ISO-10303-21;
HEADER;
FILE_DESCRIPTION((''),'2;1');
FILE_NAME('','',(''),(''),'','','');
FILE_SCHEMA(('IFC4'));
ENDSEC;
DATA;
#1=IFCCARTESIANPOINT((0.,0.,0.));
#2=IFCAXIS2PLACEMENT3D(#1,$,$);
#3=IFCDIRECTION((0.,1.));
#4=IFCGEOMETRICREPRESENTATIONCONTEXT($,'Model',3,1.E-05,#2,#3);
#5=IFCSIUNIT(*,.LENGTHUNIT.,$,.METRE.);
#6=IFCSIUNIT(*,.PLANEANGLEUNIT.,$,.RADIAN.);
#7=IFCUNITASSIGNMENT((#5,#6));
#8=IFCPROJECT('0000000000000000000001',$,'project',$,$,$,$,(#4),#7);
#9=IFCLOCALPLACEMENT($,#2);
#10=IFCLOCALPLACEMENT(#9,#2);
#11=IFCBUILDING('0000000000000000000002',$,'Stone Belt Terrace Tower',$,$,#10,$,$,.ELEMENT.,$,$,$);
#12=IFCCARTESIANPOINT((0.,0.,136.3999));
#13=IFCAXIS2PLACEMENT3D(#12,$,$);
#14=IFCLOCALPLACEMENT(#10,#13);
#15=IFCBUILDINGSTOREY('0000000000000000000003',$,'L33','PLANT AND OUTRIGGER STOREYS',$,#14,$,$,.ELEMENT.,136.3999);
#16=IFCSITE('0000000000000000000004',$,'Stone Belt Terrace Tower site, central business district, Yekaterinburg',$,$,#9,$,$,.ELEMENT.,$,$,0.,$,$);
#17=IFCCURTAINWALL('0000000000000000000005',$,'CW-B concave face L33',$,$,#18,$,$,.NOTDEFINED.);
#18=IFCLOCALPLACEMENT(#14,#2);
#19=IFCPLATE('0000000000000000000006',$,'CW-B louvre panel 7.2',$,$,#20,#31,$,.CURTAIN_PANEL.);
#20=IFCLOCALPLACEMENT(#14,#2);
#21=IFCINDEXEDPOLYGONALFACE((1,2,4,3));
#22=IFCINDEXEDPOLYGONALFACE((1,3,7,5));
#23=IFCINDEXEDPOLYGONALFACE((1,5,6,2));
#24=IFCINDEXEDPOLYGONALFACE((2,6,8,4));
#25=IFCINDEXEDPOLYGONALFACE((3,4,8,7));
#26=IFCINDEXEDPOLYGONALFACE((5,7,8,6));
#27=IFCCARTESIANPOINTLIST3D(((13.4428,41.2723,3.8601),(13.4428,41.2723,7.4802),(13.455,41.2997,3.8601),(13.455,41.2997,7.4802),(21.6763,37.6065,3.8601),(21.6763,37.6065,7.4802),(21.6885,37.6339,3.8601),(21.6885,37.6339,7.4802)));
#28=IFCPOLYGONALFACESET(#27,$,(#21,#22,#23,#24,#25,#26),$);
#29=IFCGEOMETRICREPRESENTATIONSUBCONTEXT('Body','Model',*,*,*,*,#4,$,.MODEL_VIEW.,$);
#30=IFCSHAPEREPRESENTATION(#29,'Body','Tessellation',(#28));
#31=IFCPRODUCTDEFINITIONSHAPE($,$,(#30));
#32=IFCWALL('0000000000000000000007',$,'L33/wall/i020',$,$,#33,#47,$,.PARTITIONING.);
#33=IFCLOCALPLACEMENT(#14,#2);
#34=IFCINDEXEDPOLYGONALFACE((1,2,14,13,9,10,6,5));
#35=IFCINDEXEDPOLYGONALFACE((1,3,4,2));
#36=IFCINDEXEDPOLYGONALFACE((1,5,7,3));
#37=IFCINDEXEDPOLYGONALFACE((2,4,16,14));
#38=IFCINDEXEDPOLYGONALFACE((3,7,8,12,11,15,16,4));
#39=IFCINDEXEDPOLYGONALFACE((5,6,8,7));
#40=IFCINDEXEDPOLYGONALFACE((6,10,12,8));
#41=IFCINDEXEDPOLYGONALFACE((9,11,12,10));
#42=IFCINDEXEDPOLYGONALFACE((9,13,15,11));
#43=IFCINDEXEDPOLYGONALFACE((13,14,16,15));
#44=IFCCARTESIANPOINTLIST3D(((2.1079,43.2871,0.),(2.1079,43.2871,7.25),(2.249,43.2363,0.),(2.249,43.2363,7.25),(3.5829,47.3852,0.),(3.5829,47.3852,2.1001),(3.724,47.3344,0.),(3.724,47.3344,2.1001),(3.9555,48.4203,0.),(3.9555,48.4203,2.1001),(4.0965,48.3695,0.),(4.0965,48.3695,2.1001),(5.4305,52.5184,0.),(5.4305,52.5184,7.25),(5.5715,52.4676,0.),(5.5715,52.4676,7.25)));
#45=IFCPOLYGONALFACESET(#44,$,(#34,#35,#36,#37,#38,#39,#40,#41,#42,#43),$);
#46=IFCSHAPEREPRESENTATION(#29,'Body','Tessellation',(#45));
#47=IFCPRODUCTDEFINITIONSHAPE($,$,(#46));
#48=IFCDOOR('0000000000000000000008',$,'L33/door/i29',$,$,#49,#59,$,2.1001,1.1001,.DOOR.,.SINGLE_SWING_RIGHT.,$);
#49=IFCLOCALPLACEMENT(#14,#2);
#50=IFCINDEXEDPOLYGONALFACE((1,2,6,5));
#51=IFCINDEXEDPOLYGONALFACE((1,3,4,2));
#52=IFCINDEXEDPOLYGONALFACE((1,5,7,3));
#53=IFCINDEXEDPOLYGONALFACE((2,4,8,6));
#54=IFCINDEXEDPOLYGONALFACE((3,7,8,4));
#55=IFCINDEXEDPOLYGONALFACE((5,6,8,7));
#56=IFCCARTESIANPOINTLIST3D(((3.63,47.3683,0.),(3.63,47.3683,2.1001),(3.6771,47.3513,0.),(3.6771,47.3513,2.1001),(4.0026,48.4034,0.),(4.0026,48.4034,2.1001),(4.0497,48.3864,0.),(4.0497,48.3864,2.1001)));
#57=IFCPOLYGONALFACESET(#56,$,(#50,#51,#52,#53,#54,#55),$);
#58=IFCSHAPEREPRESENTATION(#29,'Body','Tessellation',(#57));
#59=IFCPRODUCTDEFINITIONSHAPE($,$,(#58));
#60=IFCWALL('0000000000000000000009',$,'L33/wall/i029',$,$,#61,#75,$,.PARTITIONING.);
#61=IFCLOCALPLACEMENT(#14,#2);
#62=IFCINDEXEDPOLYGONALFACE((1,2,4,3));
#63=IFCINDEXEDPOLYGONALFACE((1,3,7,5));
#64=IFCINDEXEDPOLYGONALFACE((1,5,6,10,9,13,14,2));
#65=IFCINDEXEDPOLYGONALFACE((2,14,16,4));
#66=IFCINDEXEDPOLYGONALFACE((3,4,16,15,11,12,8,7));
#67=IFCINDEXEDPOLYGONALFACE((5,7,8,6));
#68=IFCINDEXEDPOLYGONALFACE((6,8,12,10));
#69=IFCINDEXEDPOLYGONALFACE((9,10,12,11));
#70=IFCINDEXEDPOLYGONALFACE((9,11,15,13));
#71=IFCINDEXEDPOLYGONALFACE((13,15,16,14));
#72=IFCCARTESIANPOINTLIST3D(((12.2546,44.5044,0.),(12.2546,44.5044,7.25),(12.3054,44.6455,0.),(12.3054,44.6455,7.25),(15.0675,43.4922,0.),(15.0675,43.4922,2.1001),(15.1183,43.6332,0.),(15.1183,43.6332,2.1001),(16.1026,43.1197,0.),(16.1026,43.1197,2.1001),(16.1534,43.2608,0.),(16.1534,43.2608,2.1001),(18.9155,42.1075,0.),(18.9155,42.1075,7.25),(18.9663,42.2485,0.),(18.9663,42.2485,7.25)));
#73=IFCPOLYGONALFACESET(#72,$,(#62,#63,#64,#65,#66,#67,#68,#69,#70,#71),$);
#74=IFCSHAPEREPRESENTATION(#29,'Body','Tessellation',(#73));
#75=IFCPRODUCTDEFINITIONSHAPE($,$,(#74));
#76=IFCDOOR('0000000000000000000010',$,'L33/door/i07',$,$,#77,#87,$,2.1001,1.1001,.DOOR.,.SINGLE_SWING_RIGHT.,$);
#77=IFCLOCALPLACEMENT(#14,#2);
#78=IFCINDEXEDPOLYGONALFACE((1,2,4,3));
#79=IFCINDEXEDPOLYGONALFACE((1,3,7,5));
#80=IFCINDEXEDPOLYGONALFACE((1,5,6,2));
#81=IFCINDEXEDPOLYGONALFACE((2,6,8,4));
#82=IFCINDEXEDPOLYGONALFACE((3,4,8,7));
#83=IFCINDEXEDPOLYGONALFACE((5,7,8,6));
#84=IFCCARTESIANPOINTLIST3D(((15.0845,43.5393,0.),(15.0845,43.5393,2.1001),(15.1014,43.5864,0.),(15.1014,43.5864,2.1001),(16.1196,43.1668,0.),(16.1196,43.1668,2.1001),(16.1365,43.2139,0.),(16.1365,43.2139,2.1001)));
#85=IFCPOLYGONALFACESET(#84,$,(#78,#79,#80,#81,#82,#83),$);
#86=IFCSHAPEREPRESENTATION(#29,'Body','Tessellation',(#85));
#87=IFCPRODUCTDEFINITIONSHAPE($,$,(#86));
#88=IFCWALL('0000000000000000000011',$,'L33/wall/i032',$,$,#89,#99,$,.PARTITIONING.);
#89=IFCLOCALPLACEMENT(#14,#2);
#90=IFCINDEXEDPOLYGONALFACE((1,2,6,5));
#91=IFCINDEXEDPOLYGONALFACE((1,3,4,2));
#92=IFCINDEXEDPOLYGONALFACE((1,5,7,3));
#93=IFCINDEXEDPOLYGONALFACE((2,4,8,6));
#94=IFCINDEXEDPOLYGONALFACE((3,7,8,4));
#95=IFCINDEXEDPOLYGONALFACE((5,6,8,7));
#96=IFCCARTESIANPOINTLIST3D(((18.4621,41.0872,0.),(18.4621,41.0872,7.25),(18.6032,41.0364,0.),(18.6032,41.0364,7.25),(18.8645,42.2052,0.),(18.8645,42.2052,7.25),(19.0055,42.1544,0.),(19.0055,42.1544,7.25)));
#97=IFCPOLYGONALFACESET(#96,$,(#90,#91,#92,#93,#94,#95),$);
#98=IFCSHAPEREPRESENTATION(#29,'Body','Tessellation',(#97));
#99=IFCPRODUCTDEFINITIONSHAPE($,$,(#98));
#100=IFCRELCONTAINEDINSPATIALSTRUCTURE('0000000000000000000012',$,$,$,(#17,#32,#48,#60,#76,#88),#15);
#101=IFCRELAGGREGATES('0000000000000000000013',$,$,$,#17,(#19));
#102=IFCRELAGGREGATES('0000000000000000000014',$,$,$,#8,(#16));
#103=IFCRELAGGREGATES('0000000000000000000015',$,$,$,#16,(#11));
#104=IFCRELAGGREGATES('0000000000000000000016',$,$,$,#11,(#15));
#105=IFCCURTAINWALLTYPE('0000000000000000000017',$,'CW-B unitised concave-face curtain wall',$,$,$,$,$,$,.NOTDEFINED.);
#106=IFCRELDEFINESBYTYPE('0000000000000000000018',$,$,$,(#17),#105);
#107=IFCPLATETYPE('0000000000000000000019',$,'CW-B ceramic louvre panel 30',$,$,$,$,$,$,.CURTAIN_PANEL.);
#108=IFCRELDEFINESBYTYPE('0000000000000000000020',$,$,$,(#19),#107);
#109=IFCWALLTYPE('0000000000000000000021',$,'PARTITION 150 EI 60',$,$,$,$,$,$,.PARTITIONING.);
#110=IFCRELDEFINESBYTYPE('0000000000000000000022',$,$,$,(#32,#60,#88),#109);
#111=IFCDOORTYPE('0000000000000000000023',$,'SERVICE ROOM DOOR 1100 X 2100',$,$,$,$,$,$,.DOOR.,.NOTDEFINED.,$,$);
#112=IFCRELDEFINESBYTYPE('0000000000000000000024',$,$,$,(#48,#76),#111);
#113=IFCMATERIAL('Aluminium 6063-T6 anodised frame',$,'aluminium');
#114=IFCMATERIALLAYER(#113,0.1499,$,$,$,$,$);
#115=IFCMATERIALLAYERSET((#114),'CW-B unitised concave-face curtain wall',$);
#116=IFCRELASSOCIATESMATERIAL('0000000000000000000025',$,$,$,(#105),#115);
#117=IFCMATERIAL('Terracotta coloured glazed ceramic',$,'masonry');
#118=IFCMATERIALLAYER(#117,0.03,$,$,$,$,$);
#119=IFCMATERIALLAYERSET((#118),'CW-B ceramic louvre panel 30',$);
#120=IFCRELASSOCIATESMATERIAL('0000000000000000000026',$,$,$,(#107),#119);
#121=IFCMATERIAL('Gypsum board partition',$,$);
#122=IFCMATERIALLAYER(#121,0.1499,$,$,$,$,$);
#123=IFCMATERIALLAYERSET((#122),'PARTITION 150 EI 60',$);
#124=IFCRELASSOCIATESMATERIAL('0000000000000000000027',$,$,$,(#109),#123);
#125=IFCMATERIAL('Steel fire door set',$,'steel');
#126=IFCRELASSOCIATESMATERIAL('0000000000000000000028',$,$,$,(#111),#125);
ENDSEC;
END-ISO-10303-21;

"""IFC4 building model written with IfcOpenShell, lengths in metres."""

from ifc_helpers import new_model, si_unit, direction, frame, frame_2d, origin, origin_2d, place, context, subcontext, project, spatial, rectangle, extrude, material, layer, layer_set, type_object, element, fill, aggregate, save


model = new_model("IFC4")

# Units and contexts
model_context = context("Model", 3, precision=1e-05, world=origin(), true_north=direction((0.0, 1.0)))
body_context = subcontext(model_context, "Body", "Model", "MODEL_VIEW")
ifc_project = project(units=[si_unit("LENGTHUNIT", "METRE"), si_unit("PLANEANGLEUNIT", "RADIAN")], contexts=[model_context])

# Site, building, storey
site_placement = place(None, origin())
site = spatial("IfcSite", under=ifc_project, at=site_placement, Name="Stone Belt Terrace Tower site, central business district, Yekaterinburg", CompositionType="ELEMENT", RefElevation=0.0)
building_placement = place(site_placement, origin())
building = spatial("IfcBuilding", under=site, at=building_placement, Name="Stone Belt Terrace Tower", CompositionType="ELEMENT")
storey_placement = place(building_placement, frame((0.0, 0.0, 136.3999)))
storey = spatial("IfcBuildingStorey", under=building, at=storey_placement, Name="L33", Description="PLANT AND OUTRIGGER STOREYS", CompositionType="ELEMENT", Elevation=136.3999)

# Curtain wall, plate
ifc_material_1 = material(Name="Aluminium 6063-T6 anodised frame", Category="aluminium")
ifc_layer_1 = layer(ifc_material_1, 0.1499)
ifc_layer_set_1 = layer_set([ifc_layer_1], Name="CW-B unitised concave-face curtain wall")
curtain_wall_type = type_object("IfcCurtainWallType", Name="CW-B unitised concave-face curtain wall", PredefinedType="NOTDEFINED", material=ifc_layer_set_1)
curtain_wall_placement = place(storey_placement, origin())
curtain_wall = element("IfcCurtainWall", 1, at=curtain_wall_placement, inside=storey, type_object=curtain_wall_type, Name="CW-B concave face L33", PredefinedType="NOTDEFINED")
ifc_material_2 = material(Name="Terracotta coloured glazed ceramic", Category="masonry")
ifc_layer_2 = layer(ifc_material_2, 0.03)
ifc_layer_set_2 = layer_set([ifc_layer_2], Name="CW-B ceramic louvre panel 30")
plate_type = type_object("IfcPlateType", Name="CW-B ceramic louvre panel 30", PredefinedType="CURTAIN_PANEL", material=ifc_layer_set_2)
plate_1_placement = place(storey_placement, frame((17.5657, 39.4531, 3.8601), z_axis=(0.0, 0.0, 1.0), x_axis=(0.913545, -0.406737, 0.0)))
plate_1 = element("IfcPlate", 2, at=plate_1_placement, type_object=plate_type, Name="CW-B louvre panel 7.2", PredefinedType="CURTAIN_PANEL", context=body_context, shape_type="SweptSolid", body=[
    extrude(rectangle(XDim=9.0127, YDim=0.03, at=origin_2d()), origin(), (0.0, 0.0, 1.0), 3.6201),
])
aggregate(curtain_wall, [plate_1])

# Walls, openings, doors
ifc_material_3 = material(Name="Gypsum board partition")
ifc_layer_3 = layer(ifc_material_3, 0.1499)
ifc_layer_set_3 = layer_set([ifc_layer_3], Name="PARTITION 150 EI 60")
wall_type = type_object("IfcWallType", Name="PARTITION 150 EI 60", PredefinedType="PARTITIONING", material=ifc_layer_set_3)
wall_1_placement = place(storey_placement, frame((2.1785, 43.2617, 0.0), z_axis=(0.0, 0.0, 1.0), x_axis=(0.338654, 0.940911, 0.0)))
wall_1 = element("IfcWall", 3, at=wall_1_placement, inside=storey, type_object=wall_type, Name="L33/wall/i020", PredefinedType="PARTITIONING", context=body_context, shape_type="SweptSolid", body=[
    extrude(rectangle(XDim=9.811, YDim=0.1499, at=frame_2d((4.9055, 0.0))), origin(), (0.0, 0.0, 1.0), 7.25),
])
opening_1_placement = place(wall_1_placement, frame((4.3555, 0.0, 0.0)))
opening_1 = element("IfcOpeningElement", 4, at=opening_1_placement, cuts=wall_1, PredefinedType="OPENING", context=body_context, shape_type="SweptSolid", body=[
    extrude(rectangle(XDim=1.1001, YDim=2.1001, at=frame_2d((0.55, 1.05))), frame((0.0, 0.085, 0.0), z_axis=(0.0, -1.0, 0.0), x_axis=(1.0, 0.0, 0.0)), (0.0, 0.0, 1.0), 0.1699),
])
ifc_material_4 = material(Name="Steel fire door set", Category="steel")
door_type = type_object("IfcDoorType", Name="SERVICE ROOM DOOR 1100 X 2100", OperationType="NOTDEFINED", PredefinedType="DOOR", material=ifc_material_4)
door_1_placement = place(opening_1_placement, origin())
door_1 = element("IfcDoor", 5, at=door_1_placement, inside=storey, type_object=door_type, Name="L33/door/i29", OperationType="SINGLE_SWING_RIGHT", OverallHeight=2.1001, OverallWidth=1.1001, PredefinedType="DOOR", context=body_context, shape_type="SweptSolid", body=[
    extrude(rectangle(XDim=1.1001, YDim=2.1001, at=frame_2d((0.55, 1.05))), frame((0.0, 0.0249, 0.0), z_axis=(0.0, -1.0, 0.0), x_axis=(1.0, 0.0, 0.0)), (0.0, 0.0, 1.0), 0.05),
])
fill(opening_1, door_1)
wall_2_placement = place(storey_placement, frame((18.9409, 42.178, 0.0), z_axis=(0.0, 0.0, 1.0), x_axis=(-0.94093, 0.338601, 0.0)))
wall_2 = element("IfcWall", 6, at=wall_2_placement, inside=storey, type_object=wall_type, Name="L33/wall/i029", PredefinedType="PARTITIONING", context=body_context, shape_type="SweptSolid", body=[
    extrude(rectangle(XDim=7.0791, YDim=0.1499, at=frame_2d((3.5396, 0.0))), origin(), (0.0, 0.0, 1.0), 7.25),
])
opening_2_placement = place(wall_2_placement, frame((2.9895, 0.0, 0.0)))
opening_2 = element("IfcOpeningElement", 7, at=opening_2_placement, cuts=wall_2, PredefinedType="OPENING", context=body_context, shape_type="SweptSolid", body=[
    extrude(rectangle(XDim=1.1001, YDim=2.1001, at=frame_2d((0.55, 1.05))), frame((0.0, 0.085, 0.0), z_axis=(0.0, -1.0, 0.0), x_axis=(1.0, 0.0, 0.0)), (0.0, 0.0, 1.0), 0.1699),
])
door_2_placement = place(opening_2_placement, origin())
door_2 = element("IfcDoor", 8, at=door_2_placement, inside=storey, type_object=door_type, Name="L33/door/i07", OperationType="SINGLE_SWING_RIGHT", OverallHeight=2.1001, OverallWidth=1.1001, PredefinedType="DOOR", context=body_context, shape_type="SweptSolid", body=[
    extrude(rectangle(XDim=1.1001, YDim=2.1001, at=frame_2d((0.55, 1.05))), frame((0.0, 0.0249, 0.0), z_axis=(0.0, -1.0, 0.0), x_axis=(1.0, 0.0, 0.0)), (0.0, 0.0, 1.0), 0.05),
])
fill(opening_2, door_2)

# Wall
wall_3_placement = place(storey_placement, frame((18.9351, 42.1799, 0.0), z_axis=(0.0, 0.0, 1.0), x_axis=(-0.338639, -0.940916, 0.0)))
element("IfcWall", 9, at=wall_3_placement, inside=storey, type_object=wall_type, Name="L33/wall/i032", PredefinedType="PARTITIONING", context=body_context, shape_type="SweptSolid", body=[
    extrude(rectangle(XDim=1.1882, YDim=0.1499, at=frame_2d((0.5942, 0.0))), origin(), (0.0, 0.0, 1.0), 7.25),
])

save(model, "model.ifc")
